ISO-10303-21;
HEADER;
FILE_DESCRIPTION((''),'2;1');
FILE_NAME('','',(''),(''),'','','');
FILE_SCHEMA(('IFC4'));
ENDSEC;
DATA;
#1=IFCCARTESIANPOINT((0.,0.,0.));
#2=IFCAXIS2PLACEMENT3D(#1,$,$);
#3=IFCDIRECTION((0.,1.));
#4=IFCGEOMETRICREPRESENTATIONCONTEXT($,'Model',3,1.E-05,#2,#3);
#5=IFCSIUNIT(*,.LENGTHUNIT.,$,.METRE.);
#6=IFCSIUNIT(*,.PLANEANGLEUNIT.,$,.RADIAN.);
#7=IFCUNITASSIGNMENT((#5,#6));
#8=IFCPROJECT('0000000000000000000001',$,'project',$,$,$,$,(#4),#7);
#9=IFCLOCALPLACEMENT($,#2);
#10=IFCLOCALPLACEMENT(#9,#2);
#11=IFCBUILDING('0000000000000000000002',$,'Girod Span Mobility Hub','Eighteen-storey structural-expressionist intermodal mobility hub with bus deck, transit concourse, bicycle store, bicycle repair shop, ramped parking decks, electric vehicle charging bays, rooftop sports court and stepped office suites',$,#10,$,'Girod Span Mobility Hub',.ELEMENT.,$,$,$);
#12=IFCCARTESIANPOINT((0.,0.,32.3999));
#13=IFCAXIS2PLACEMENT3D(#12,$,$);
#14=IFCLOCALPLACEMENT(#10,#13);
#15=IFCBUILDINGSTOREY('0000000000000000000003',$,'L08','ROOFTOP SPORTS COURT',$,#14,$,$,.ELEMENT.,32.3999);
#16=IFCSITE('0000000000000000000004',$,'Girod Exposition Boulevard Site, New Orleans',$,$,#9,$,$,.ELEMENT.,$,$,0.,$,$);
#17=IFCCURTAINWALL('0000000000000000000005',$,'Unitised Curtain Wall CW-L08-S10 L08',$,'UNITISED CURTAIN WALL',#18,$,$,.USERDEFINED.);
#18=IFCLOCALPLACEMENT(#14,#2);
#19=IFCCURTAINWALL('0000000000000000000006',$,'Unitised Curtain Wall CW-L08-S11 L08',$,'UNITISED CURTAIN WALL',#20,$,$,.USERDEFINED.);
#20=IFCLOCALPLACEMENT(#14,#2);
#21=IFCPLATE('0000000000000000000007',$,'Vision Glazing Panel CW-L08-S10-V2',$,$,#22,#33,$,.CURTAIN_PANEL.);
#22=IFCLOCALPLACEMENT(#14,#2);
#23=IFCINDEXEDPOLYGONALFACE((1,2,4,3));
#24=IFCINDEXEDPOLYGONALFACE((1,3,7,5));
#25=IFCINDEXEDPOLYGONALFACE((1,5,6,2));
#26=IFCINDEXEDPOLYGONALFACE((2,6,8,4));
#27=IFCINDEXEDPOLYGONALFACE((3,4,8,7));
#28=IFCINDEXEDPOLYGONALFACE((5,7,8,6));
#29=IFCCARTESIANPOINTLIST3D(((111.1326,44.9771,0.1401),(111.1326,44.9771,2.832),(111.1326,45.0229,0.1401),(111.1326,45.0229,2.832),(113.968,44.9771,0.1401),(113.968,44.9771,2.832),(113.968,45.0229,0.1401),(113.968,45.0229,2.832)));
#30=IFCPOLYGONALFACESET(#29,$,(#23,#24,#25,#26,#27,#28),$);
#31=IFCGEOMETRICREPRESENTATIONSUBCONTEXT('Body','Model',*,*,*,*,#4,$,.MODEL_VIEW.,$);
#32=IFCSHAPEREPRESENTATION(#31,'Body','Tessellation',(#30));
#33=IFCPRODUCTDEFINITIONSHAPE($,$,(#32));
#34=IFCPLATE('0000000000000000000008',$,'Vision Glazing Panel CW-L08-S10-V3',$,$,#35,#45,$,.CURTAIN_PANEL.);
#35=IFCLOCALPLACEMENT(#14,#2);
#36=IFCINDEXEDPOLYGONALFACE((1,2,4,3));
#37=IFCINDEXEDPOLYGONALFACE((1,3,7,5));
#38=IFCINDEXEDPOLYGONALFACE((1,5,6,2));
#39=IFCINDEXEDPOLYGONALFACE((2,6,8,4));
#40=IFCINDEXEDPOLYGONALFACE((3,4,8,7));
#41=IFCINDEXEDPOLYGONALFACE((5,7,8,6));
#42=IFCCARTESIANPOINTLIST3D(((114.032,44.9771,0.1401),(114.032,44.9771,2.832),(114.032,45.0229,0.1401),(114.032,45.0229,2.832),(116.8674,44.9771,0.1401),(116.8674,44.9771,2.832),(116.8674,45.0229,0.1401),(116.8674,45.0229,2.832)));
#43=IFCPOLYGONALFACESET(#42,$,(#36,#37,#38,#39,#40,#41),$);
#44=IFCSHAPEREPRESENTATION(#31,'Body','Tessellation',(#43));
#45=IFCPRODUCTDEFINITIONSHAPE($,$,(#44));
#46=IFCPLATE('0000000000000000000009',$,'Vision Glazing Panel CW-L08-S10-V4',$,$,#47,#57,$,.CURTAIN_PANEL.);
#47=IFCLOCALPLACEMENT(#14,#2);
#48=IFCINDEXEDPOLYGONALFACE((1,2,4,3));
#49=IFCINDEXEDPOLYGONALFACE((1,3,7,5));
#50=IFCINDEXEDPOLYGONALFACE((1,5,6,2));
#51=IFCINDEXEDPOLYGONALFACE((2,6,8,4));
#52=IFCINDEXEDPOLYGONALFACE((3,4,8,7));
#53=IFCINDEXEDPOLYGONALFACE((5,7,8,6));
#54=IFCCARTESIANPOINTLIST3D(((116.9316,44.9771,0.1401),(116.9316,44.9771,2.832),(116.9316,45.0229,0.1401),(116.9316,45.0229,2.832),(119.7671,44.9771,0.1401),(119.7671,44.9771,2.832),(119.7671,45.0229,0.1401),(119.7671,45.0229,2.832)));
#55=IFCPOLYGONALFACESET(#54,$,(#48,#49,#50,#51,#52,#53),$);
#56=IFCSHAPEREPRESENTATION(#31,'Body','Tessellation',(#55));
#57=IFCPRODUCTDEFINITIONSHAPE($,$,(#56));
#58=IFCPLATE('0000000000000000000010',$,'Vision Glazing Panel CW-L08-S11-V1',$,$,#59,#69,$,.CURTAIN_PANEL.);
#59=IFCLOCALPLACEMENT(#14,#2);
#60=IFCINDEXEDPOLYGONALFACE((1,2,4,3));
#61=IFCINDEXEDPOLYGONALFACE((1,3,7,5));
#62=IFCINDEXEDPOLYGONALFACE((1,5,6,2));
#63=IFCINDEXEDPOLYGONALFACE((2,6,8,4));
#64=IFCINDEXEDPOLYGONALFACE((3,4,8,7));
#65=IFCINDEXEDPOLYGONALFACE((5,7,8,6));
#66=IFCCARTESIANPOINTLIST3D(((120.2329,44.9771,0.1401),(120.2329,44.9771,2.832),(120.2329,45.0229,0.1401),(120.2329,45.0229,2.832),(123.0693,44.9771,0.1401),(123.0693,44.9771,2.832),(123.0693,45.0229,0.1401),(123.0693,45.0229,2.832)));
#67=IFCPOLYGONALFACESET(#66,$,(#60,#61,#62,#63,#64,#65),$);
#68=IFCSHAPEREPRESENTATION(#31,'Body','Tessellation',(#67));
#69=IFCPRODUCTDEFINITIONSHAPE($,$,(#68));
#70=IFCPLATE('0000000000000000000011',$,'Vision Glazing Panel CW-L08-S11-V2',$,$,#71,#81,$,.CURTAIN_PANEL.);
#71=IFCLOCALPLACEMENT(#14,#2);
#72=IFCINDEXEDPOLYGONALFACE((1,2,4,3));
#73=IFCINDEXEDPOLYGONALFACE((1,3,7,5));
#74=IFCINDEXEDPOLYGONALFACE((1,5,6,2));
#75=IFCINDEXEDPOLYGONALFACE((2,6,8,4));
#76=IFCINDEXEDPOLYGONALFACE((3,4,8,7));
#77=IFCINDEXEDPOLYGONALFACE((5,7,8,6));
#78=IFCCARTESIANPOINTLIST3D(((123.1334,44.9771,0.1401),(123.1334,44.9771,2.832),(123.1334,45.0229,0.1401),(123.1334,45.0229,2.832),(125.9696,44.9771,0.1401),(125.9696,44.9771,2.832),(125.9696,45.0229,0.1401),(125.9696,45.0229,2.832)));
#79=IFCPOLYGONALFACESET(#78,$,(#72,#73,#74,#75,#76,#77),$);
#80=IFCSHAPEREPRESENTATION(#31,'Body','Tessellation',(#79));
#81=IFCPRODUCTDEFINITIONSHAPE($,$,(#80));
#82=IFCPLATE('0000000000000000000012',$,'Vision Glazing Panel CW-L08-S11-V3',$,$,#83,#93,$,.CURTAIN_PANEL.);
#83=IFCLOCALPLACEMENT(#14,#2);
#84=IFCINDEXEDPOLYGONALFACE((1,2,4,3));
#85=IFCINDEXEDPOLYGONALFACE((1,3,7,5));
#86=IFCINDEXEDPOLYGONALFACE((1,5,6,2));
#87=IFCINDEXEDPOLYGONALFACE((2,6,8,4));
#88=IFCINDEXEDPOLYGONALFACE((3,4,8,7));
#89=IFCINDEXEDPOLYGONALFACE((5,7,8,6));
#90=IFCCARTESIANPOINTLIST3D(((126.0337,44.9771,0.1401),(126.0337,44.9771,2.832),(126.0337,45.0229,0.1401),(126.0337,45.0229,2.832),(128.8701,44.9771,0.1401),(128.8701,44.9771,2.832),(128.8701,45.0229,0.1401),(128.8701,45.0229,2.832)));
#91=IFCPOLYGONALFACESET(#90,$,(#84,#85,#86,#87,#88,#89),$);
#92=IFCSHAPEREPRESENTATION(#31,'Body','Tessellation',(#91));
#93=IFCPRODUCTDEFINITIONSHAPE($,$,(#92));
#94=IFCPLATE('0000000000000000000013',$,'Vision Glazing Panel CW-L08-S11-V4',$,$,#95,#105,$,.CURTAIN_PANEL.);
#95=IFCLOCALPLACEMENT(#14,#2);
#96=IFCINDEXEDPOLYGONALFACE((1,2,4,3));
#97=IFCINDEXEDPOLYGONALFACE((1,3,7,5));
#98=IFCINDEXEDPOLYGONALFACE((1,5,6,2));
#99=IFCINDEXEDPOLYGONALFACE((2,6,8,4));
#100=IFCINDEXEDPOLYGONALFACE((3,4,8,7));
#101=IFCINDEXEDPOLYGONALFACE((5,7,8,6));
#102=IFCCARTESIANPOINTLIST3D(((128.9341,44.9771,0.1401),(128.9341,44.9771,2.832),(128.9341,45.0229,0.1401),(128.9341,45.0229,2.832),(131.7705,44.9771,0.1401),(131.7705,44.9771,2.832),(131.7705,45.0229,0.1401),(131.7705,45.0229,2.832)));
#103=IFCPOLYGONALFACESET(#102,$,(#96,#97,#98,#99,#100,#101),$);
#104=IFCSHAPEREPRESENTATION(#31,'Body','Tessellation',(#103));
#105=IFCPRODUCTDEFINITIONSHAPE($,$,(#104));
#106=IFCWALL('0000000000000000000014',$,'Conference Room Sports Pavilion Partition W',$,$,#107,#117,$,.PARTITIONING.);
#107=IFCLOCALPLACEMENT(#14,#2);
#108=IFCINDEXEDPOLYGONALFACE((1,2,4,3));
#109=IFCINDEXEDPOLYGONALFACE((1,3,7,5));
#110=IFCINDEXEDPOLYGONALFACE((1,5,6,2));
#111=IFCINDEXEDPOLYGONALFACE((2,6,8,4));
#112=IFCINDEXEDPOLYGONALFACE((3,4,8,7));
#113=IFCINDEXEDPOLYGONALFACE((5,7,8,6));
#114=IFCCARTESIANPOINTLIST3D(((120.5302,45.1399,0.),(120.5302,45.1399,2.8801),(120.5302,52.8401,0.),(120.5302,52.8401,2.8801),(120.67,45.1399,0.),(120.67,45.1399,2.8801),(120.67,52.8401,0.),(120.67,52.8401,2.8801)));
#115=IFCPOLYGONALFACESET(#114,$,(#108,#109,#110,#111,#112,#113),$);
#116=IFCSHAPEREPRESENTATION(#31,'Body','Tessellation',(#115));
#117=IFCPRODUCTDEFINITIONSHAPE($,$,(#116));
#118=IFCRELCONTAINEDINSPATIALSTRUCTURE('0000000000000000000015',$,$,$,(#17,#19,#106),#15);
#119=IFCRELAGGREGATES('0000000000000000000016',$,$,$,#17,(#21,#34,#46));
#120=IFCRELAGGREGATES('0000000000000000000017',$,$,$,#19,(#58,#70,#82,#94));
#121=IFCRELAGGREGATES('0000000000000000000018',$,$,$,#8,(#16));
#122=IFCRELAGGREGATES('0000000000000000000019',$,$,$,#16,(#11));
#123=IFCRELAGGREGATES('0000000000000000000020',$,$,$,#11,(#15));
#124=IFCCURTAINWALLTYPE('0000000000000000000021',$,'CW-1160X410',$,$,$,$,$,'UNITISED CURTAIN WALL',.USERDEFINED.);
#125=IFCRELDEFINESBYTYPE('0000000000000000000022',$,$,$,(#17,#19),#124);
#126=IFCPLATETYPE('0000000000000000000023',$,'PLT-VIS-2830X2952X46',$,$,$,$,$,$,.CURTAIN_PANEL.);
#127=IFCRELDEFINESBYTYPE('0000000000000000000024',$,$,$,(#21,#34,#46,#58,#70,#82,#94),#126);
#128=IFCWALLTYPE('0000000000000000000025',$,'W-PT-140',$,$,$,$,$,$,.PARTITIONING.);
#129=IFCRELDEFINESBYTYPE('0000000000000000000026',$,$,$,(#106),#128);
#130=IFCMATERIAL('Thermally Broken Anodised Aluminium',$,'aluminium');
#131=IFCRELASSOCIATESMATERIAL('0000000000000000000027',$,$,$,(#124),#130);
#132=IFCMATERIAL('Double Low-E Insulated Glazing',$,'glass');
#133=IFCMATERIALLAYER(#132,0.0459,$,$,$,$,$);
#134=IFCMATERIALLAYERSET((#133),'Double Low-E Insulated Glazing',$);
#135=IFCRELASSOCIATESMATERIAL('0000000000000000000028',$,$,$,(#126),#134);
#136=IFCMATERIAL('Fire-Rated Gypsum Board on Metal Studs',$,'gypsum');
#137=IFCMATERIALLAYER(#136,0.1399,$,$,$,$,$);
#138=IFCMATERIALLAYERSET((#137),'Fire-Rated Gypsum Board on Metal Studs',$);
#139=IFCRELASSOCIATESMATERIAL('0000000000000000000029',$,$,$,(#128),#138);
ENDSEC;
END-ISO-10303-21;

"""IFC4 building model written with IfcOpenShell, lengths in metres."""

from ifc_helpers import new_model, si_unit, direction, frame, frame_2d, origin, origin_2d, place, context, subcontext, project, spatial, rectangle, extrude, material, layer, layer_set, type_object, element, aggregate, save


model = new_model("IFC4")

# Units and contexts
model_context = context("Model", 3, precision=1e-05, world=origin(), true_north=direction((0.0, 1.0)))
body_context = subcontext(model_context, "Body", "Model", "MODEL_VIEW")
ifc_project = project(units=[si_unit("LENGTHUNIT", "METRE"), si_unit("PLANEANGLEUNIT", "RADIAN")], contexts=[model_context])

# Site, building, storey
site_placement = place(None, origin())
site = spatial("IfcSite", under=ifc_project, at=site_placement, Name="Girod Exposition Boulevard Site, New Orleans", CompositionType="ELEMENT", RefElevation=0.0)
building_placement = place(site_placement, origin())
building = spatial("IfcBuilding", under=site, at=building_placement, Name="Girod Span Mobility Hub", Description="Eighteen-storey structural-expressionist intermodal mobility hub with bus deck, transit concourse, bicycle store, bicycle repair shop, ramped parking decks, electric vehicle charging bays, rooftop sports court and stepped office suites", LongName="Girod Span Mobility Hub", CompositionType="ELEMENT")
storey_placement = place(building_placement, frame((0.0, 0.0, 32.3999)))
storey = spatial("IfcBuildingStorey", under=building, at=storey_placement, Name="L08", Description="ROOFTOP SPORTS COURT", CompositionType="ELEMENT", Elevation=32.3999)

# Curtain walls
ifc_material_1 = material(Name="Thermally Broken Anodised Aluminium", Category="aluminium")
curtain_wall_type = type_object("IfcCurtainWallType", Name="CW-1160X410", ElementType="UNITISED CURTAIN WALL", PredefinedType="USERDEFINED", material=ifc_material_1)
curtain_wall_1_placement = place(storey_placement, origin())
curtain_wall_1 = element("IfcCurtainWall", 1, at=curtain_wall_1_placement, inside=storey, type_object=curtain_wall_type, Name="Unitised Curtain Wall CW-L08-S10 L08", ObjectType="UNITISED CURTAIN WALL", PredefinedType="USERDEFINED")
curtain_wall_2_placement = place(storey_placement, origin())
curtain_wall_2 = element("IfcCurtainWall", 2, at=curtain_wall_2_placement, inside=storey, type_object=curtain_wall_type, Name="Unitised Curtain Wall CW-L08-S11 L08", ObjectType="UNITISED CURTAIN WALL", PredefinedType="USERDEFINED")

# Plates
ifc_material_2 = material(Name="Double Low-E Insulated Glazing", Category="glass")
ifc_layer_1 = layer(ifc_material_2, 0.0459)
ifc_layer_set_1 = layer_set([ifc_layer_1], Name="Double Low-E Insulated Glazing")
plate_type_1 = type_object("IfcPlateType", Name="PLT-VIS-2830X2952X46", PredefinedType="CURTAIN_PANEL", material=ifc_layer_set_1)
plate_1_placement = place(storey_placement, frame((112.5503, 45.0, 0.1401), z_axis=(0.0, 0.0, 1.0), x_axis=(1.0, 0.0, 0.0)))
plate_1 = element("IfcPlate", 3, at=plate_1_placement, type_object=plate_type_1, Name="Vision Glazing Panel CW-L08-S10-V2", PredefinedType="CURTAIN_PANEL", context=body_context, shape_type="SweptSolid", body=[
    extrude(rectangle(XDim=2.8354, YDim=0.0459, at=origin_2d()), origin(), (0.0, 0.0, 1.0), 2.6919),
])
plate_2_placement = place(storey_placement, frame((115.4497, 45.0, 0.1401), z_axis=(0.0, 0.0, 1.0), x_axis=(1.0, 0.0, 0.0)))
plate_2 = element("IfcPlate", 4, at=plate_2_placement, type_object=plate_type_1, Name="Vision Glazing Panel CW-L08-S10-V3", PredefinedType="CURTAIN_PANEL", context=body_context, shape_type="SweptSolid", body=[
    extrude(rectangle(XDim=2.8354, YDim=0.0459, at=origin_2d()), origin(), (0.0, 0.0, 1.0), 2.6919),
])
plate_3_placement = place(storey_placement, frame((118.3494, 45.0, 0.1401), z_axis=(0.0, 0.0, 1.0), x_axis=(1.0, 0.0, 0.0)))
plate_3 = element("IfcPlate", 5, at=plate_3_placement, type_object=plate_type_1, Name="Vision Glazing Panel CW-L08-S10-V4", PredefinedType="CURTAIN_PANEL", context=body_context, shape_type="SweptSolid", body=[
    extrude(rectangle(XDim=2.8354, YDim=0.0459, at=origin_2d()), origin(), (0.0, 0.0, 1.0), 2.6919),
])
aggregate(curtain_wall_1, [plate_1, plate_2, plate_3])
plate_4_placement = place(storey_placement, frame((121.6511, 45.0, 0.1401), z_axis=(0.0, 0.0, 1.0), x_axis=(1.0, 0.0, 0.0)))
plate_4 = element("IfcPlate", 6, at=plate_4_placement, type_object=plate_type_1, Name="Vision Glazing Panel CW-L08-S11-V1", PredefinedType="CURTAIN_PANEL", context=body_context, shape_type="SweptSolid", body=[
    extrude(rectangle(XDim=2.8364, YDim=0.0459, at=origin_2d()), origin(), (0.0, 0.0, 1.0), 2.6919),
])
plate_5_placement = place(storey_placement, frame((124.5515, 45.0, 0.1401), z_axis=(0.0, 0.0, 1.0), x_axis=(1.0, 0.0, 0.0)))
plate_5 = element("IfcPlate", 7, at=plate_5_placement, type_object=plate_type_1, Name="Vision Glazing Panel CW-L08-S11-V2", PredefinedType="CURTAIN_PANEL", context=body_context, shape_type="SweptSolid", body=[
    extrude(rectangle(XDim=2.8362, YDim=0.0459, at=origin_2d()), origin(), (0.0, 0.0, 1.0), 2.6919),
])
plate_6_placement = place(storey_placement, frame((127.4519, 45.0, 0.1401), z_axis=(0.0, 0.0, 1.0), x_axis=(1.0, 0.0, 0.0)))
plate_6 = element("IfcPlate", 8, at=plate_6_placement, type_object=plate_type_1, Name="Vision Glazing Panel CW-L08-S11-V3", PredefinedType="CURTAIN_PANEL", context=body_context, shape_type="SweptSolid", body=[
    extrude(rectangle(XDim=2.8364, YDim=0.0459, at=origin_2d()), origin(), (0.0, 0.0, 1.0), 2.6919),
])
plate_7_placement = place(storey_placement, frame((130.3523, 45.0, 0.1401), z_axis=(0.0, 0.0, 1.0), x_axis=(1.0, 0.0, 0.0)))
plate_7 = element("IfcPlate", 9, at=plate_7_placement, type_object=plate_type_1, Name="Vision Glazing Panel CW-L08-S11-V4", PredefinedType="CURTAIN_PANEL", context=body_context, shape_type="SweptSolid", body=[
    extrude(rectangle(XDim=2.8364, YDim=0.0459, at=origin_2d()), origin(), (0.0, 0.0, 1.0), 2.6919),
])
aggregate(curtain_wall_2, [plate_4, plate_5, plate_6, plate_7])

# Wall
ifc_material_3 = material(Name="Fire-Rated Gypsum Board on Metal Studs", Category="gypsum")
ifc_layer_2 = layer(ifc_material_3, 0.1399)
ifc_layer_set_2 = layer_set([ifc_layer_2], Name="Fire-Rated Gypsum Board on Metal Studs")
wall_type = type_object("IfcWallType", Name="W-PT-140", PredefinedType="PARTITIONING", material=ifc_layer_set_2)
wall_placement = place(storey_placement, frame((120.6001, 45.1399, 0.0), z_axis=(0.0, 0.0, 1.0), x_axis=(0.0, 1.0, 0.0)))
element("IfcWall", 10, at=wall_placement, inside=storey, type_object=wall_type, Name="Conference Room Sports Pavilion Partition W", PredefinedType="PARTITIONING", context=body_context, shape_type="SweptSolid", body=[
    extrude(rectangle(XDim=7.7002, YDim=0.1399, at=frame_2d((3.8501, 0.0))), origin(), (0.0, 0.0, 1.0), 2.8801),
])

save(model, "model.ifc")
